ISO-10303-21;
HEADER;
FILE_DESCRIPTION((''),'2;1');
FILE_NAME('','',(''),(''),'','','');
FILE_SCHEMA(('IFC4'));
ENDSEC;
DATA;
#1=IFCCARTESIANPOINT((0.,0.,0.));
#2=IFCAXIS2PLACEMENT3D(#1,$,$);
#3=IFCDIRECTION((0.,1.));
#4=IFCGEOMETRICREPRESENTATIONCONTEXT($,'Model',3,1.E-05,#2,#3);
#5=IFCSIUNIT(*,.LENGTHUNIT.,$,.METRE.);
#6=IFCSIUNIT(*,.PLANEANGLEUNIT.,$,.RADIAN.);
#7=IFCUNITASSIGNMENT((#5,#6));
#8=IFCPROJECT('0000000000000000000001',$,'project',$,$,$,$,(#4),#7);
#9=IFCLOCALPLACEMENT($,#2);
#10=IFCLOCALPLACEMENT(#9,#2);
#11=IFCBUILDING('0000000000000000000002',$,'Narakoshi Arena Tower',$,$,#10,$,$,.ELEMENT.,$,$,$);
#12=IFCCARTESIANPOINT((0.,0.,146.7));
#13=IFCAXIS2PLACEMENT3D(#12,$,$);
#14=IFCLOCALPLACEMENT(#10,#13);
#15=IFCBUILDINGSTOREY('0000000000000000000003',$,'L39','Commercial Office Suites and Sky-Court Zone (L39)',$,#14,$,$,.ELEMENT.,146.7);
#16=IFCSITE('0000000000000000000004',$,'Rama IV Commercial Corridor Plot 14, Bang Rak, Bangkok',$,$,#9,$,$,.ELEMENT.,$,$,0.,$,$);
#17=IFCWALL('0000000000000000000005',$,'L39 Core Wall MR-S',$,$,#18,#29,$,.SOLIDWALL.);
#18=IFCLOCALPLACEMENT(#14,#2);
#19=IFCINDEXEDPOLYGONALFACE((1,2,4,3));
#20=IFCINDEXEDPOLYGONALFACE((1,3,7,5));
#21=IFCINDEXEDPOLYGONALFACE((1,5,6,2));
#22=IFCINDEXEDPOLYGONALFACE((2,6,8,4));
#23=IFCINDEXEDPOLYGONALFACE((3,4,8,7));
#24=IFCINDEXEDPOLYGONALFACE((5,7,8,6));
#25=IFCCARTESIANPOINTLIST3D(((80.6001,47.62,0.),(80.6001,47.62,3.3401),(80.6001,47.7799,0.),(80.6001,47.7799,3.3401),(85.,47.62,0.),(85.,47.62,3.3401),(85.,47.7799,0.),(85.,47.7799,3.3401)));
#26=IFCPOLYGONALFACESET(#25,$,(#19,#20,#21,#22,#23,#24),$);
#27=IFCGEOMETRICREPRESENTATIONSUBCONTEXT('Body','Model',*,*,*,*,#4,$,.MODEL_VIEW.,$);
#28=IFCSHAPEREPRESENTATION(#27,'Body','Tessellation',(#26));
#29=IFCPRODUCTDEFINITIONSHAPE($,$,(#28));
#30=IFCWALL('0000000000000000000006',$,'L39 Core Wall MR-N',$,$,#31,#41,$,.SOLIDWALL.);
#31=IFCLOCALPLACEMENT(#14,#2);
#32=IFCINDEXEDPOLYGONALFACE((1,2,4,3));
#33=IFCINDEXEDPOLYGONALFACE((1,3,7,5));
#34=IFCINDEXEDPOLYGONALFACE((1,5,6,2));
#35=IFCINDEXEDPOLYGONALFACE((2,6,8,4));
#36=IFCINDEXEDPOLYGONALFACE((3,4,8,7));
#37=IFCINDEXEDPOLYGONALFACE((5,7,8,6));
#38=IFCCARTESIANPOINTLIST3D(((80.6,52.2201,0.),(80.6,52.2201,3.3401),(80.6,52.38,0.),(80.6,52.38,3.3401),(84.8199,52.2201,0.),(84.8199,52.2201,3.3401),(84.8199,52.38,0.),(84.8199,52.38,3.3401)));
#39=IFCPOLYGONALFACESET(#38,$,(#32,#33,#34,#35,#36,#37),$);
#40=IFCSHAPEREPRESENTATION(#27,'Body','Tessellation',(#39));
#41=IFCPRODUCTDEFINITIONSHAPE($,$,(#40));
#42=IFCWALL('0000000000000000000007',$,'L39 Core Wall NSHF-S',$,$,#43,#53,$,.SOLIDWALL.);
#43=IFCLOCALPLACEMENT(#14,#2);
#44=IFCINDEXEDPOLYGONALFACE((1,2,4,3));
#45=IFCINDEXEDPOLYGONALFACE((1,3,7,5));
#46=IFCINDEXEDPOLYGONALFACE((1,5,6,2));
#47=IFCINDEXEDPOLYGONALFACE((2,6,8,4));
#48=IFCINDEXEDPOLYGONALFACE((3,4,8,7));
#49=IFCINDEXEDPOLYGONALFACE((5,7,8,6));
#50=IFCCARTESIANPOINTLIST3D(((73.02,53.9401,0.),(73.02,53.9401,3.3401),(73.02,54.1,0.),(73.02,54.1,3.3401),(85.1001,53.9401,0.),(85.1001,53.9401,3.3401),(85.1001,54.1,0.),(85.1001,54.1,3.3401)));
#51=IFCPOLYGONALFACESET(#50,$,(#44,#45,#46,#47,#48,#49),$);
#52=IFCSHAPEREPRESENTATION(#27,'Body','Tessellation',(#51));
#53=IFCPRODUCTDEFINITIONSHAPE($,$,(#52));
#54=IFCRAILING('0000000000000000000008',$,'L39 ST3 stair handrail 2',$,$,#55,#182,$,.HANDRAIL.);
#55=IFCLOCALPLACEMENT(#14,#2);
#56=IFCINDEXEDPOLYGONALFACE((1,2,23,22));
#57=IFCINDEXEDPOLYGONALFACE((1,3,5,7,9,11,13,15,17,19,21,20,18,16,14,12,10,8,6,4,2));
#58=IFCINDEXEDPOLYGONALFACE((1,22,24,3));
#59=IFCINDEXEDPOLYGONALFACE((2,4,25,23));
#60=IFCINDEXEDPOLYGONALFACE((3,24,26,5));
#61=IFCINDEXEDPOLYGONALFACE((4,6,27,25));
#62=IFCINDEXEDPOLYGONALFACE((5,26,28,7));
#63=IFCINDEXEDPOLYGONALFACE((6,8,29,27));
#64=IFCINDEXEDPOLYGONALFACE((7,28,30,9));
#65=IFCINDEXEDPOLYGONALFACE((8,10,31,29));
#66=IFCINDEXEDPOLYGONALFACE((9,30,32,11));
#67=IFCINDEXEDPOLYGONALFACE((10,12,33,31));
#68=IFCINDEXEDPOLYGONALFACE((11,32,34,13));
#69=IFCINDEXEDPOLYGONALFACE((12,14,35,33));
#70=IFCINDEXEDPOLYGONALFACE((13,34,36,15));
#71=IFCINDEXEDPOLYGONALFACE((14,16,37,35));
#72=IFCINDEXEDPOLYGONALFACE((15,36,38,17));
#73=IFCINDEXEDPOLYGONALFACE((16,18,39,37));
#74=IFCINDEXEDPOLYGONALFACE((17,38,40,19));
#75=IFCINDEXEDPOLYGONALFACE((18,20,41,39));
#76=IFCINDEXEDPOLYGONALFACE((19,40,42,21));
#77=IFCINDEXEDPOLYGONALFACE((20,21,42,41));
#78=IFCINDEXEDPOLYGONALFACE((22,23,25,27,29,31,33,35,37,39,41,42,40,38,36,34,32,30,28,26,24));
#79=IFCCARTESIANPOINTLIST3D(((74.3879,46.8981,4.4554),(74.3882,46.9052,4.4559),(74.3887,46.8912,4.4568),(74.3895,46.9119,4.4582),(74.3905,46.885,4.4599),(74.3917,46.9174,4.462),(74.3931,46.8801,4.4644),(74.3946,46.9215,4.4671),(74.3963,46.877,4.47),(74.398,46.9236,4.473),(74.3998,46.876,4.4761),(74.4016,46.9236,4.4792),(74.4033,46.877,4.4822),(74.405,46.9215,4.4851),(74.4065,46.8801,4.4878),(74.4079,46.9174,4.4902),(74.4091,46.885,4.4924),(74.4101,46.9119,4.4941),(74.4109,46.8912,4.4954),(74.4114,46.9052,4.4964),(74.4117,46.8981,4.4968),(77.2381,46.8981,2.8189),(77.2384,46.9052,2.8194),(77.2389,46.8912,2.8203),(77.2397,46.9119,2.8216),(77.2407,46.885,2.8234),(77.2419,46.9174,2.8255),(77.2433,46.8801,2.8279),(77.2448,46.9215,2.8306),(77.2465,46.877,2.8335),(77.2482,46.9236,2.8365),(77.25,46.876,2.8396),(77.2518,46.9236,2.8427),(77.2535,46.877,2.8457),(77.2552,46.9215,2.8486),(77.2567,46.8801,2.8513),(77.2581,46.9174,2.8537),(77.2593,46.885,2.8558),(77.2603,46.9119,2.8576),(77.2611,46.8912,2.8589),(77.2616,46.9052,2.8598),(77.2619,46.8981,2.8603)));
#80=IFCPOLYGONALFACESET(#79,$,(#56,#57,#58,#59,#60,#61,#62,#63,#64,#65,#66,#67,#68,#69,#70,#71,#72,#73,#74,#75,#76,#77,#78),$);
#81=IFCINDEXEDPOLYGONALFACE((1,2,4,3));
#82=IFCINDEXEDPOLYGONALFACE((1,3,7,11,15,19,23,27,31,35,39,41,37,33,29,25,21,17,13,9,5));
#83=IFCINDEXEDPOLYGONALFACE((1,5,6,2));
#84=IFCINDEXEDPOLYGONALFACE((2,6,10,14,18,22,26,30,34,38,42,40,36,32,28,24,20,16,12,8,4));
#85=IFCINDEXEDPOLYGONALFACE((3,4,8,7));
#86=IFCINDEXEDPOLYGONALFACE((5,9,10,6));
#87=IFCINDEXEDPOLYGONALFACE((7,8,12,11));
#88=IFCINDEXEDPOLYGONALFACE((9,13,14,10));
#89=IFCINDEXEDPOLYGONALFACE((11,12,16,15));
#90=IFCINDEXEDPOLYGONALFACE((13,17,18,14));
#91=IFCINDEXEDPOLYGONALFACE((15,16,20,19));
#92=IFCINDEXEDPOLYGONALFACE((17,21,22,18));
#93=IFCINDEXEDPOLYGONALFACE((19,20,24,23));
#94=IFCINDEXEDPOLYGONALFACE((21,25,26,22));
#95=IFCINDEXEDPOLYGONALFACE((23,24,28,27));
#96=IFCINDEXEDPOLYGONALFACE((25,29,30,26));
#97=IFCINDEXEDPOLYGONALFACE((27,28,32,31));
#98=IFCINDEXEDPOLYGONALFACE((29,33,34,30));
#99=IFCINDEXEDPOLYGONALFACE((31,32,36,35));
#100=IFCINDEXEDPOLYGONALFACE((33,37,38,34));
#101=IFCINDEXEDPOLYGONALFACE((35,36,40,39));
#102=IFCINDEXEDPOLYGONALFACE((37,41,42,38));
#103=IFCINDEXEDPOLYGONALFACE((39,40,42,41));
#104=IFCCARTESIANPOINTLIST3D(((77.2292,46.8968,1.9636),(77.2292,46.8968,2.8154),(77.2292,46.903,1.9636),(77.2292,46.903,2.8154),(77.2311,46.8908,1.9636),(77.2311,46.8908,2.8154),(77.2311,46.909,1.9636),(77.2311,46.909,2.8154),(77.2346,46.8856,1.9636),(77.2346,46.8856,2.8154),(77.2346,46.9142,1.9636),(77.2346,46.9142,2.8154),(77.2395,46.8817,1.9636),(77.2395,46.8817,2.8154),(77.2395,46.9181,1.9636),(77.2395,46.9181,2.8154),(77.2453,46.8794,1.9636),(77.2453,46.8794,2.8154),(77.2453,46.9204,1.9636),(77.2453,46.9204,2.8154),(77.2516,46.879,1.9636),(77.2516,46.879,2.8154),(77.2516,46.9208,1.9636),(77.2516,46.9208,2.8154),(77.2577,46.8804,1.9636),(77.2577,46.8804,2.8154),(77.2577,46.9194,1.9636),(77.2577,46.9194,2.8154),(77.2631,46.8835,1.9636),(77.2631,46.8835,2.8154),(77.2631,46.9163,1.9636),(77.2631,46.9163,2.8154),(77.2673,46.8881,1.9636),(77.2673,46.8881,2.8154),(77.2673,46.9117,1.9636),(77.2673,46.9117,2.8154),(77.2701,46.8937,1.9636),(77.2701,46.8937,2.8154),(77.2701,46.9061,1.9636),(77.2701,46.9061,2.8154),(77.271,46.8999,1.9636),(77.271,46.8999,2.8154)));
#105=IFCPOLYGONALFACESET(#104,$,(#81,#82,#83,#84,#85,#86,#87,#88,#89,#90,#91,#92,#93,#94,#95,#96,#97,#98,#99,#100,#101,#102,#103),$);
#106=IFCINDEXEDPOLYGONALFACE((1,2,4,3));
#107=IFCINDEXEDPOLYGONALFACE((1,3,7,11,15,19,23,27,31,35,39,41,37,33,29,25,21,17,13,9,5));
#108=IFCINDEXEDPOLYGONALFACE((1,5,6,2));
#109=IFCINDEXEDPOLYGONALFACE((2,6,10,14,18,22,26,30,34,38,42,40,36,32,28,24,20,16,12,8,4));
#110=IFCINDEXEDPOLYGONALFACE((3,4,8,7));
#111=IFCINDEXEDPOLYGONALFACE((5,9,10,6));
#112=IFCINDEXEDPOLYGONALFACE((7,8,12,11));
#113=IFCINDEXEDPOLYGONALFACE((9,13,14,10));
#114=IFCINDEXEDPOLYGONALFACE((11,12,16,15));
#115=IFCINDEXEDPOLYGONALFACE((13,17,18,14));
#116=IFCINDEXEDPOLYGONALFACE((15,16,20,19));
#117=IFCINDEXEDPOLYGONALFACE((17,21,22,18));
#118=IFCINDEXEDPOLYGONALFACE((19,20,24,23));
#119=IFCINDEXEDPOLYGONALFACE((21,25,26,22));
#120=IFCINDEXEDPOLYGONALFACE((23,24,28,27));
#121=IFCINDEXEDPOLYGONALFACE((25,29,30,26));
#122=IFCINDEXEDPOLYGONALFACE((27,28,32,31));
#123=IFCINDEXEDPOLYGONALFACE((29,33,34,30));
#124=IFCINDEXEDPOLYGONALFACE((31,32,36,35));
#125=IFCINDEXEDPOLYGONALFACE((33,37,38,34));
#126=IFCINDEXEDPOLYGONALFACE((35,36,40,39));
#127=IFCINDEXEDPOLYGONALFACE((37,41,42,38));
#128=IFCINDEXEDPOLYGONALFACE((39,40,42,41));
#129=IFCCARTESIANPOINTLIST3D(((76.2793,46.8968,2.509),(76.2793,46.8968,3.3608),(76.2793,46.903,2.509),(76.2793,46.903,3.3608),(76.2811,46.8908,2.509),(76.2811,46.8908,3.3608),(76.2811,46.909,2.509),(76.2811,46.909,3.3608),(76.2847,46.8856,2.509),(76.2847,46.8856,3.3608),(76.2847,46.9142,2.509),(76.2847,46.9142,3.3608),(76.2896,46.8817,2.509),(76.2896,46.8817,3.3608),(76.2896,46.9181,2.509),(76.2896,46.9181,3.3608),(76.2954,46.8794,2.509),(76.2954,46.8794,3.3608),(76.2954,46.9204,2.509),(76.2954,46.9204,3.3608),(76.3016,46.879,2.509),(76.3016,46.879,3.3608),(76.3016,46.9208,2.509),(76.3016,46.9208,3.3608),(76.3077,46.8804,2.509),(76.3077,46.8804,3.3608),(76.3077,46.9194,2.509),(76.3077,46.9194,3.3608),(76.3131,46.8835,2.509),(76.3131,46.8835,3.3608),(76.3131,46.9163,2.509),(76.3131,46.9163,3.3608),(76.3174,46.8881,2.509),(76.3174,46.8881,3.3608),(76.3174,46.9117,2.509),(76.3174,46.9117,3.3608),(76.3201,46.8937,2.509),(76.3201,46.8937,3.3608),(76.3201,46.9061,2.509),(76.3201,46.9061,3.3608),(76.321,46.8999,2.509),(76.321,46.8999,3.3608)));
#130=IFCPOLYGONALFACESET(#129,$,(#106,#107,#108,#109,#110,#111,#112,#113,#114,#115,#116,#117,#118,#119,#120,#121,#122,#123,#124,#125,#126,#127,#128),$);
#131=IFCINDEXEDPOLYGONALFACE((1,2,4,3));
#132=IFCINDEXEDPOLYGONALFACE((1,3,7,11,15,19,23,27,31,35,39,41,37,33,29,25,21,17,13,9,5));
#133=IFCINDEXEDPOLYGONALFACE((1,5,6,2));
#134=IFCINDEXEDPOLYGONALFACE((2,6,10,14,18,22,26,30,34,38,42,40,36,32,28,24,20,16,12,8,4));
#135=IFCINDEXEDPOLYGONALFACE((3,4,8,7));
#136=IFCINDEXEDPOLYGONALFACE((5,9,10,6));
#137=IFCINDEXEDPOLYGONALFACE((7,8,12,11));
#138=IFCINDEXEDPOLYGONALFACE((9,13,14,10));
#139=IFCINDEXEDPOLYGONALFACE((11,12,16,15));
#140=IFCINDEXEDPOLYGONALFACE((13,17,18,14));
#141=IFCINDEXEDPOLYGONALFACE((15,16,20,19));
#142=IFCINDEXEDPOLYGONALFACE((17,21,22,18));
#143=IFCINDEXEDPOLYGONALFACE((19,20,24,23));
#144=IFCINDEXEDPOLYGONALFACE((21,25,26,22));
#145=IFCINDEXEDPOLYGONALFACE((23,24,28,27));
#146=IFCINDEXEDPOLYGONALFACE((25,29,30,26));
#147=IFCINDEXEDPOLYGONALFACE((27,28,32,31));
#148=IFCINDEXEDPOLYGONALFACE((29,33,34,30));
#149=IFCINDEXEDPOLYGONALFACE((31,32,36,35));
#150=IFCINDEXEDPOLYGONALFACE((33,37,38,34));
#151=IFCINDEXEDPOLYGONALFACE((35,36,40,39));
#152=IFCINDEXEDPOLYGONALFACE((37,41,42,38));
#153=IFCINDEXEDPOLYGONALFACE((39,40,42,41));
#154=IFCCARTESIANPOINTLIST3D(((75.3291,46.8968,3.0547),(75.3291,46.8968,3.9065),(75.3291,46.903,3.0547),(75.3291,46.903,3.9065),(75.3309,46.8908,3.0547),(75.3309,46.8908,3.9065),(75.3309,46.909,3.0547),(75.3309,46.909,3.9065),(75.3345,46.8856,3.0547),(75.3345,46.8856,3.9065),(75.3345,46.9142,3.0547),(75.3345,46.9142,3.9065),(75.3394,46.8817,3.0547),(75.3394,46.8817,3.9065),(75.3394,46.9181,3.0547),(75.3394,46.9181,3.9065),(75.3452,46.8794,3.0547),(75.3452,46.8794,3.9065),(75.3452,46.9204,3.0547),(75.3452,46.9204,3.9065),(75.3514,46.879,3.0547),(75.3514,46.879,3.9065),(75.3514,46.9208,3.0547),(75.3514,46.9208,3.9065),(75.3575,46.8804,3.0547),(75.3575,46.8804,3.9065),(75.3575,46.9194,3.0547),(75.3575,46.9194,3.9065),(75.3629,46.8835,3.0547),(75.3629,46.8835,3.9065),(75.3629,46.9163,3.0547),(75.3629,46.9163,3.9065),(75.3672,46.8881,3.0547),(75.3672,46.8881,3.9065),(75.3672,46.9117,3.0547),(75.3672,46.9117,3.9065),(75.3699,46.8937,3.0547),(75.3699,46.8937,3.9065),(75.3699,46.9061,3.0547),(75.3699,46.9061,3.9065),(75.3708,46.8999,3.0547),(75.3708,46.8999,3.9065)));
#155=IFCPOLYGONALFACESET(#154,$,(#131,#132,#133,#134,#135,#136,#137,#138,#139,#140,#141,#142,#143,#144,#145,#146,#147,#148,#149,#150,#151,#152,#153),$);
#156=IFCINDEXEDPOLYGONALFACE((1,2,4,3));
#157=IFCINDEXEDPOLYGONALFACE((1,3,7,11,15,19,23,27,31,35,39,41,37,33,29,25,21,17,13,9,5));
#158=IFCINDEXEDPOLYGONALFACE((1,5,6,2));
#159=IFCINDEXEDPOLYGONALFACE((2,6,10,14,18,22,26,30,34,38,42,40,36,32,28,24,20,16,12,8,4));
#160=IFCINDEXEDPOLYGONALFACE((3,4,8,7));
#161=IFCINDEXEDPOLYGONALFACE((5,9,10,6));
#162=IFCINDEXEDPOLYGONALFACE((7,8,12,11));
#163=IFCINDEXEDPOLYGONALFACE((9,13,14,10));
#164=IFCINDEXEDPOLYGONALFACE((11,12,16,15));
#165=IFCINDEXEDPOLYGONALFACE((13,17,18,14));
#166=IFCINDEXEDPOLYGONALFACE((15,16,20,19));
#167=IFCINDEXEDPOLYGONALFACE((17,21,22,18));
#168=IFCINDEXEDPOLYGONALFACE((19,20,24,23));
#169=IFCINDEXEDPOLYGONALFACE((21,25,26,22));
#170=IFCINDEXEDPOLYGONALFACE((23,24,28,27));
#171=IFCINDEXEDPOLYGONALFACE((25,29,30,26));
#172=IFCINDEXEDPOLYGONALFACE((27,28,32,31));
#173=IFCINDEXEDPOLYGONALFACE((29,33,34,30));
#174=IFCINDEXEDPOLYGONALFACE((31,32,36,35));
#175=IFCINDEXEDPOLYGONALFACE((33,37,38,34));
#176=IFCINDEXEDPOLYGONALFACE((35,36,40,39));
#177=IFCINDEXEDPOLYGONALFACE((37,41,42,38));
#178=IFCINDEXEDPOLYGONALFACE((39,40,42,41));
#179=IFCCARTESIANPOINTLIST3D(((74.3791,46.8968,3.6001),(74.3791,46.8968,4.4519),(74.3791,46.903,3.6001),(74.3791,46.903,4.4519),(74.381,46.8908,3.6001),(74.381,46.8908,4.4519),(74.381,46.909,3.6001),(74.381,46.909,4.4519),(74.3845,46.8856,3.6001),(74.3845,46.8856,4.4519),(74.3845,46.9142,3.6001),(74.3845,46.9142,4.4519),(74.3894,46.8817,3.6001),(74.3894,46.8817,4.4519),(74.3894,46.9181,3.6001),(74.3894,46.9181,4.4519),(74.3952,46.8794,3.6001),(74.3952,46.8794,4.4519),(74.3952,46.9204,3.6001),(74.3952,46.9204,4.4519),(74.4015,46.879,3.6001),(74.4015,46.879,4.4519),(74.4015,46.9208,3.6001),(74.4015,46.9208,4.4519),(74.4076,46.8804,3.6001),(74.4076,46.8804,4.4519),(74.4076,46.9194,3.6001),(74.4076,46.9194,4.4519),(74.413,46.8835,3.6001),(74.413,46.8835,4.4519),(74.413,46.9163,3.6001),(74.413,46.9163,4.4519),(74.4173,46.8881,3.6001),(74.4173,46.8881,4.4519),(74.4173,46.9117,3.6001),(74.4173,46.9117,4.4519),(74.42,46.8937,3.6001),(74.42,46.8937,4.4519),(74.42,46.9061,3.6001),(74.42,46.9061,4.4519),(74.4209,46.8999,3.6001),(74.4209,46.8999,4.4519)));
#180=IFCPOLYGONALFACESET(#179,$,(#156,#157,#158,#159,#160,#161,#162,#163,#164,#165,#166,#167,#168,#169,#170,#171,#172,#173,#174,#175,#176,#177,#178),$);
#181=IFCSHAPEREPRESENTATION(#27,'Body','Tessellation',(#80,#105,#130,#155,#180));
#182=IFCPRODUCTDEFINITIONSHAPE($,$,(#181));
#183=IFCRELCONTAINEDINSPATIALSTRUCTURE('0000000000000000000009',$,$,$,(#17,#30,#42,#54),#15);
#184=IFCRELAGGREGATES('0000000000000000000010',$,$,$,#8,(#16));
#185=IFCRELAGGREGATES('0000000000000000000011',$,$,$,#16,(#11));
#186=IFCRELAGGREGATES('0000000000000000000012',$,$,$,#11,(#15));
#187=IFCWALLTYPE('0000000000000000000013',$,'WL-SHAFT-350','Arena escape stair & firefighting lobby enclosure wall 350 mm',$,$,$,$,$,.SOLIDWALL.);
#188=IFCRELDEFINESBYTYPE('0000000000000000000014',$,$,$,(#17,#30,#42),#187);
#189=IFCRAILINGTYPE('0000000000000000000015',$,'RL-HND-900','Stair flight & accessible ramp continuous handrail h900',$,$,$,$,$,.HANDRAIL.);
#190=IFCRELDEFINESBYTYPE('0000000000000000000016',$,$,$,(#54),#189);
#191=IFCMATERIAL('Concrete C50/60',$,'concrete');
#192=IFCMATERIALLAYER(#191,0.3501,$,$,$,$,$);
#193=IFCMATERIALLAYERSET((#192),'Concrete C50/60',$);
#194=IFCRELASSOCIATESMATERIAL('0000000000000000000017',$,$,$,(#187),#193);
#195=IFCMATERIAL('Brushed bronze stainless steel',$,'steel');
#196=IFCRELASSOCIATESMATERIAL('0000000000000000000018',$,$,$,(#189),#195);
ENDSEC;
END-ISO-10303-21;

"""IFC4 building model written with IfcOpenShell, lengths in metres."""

from ifc_helpers import new_model, si_unit, direction, frame, frame_2d, origin, origin_2d, place, context, subcontext, project, spatial, rectangle, circle, extrude, material, layer, layer_set, type_object, element, save


model = new_model("IFC4")

# Units and contexts
model_context = context("Model", 3, precision=1e-05, world=origin(), true_north=direction((0.0, 1.0)))
body_context = subcontext(model_context, "Body", "Model", "MODEL_VIEW")
ifc_project = project(units=[si_unit("LENGTHUNIT", "METRE"), si_unit("PLANEANGLEUNIT", "RADIAN")], contexts=[model_context])

# Site, building, storey
site_placement = place(None, origin())
site = spatial("IfcSite", under=ifc_project, at=site_placement, Name="Rama IV Commercial Corridor Plot 14, Bang Rak, Bangkok", CompositionType="ELEMENT", RefElevation=0.0)
building_placement = place(site_placement, origin())
building = spatial("IfcBuilding", under=site, at=building_placement, Name="Narakoshi Arena Tower", CompositionType="ELEMENT")
storey_placement = place(building_placement, frame((0.0, 0.0, 146.7)))
storey = spatial("IfcBuildingStorey", under=building, at=storey_placement, Name="L39", Description="Commercial Office Suites and Sky-Court Zone (L39)", CompositionType="ELEMENT", Elevation=146.7)

# Shared definitions
ifc_material_1 = material(Name="Concrete C50/60", Category="concrete")
ifc_layer_1 = layer(ifc_material_1, 0.3501)
ifc_layer_set_1 = layer_set([ifc_layer_1], Name="Concrete C50/60")
wall_type_1 = type_object("IfcWallType", Name="WL-SHAFT-350", Description="Arena escape stair & firefighting lobby enclosure wall 350 mm", PredefinedType="SOLIDWALL", material=ifc_layer_set_1)

# Shared definitions
ifc_material_2 = material(Name="Brushed bronze stainless steel", Category="steel")

# Walls
wall_1_placement = place(storey_placement, frame((80.6001, 47.7, 0.0), z_axis=(0.0, 0.0, 1.0), x_axis=(1.0, 0.0, 0.0)))
element("IfcWall", 1, at=wall_1_placement, inside=storey, type_object=wall_type_1, Name="L39 Core Wall MR-S", PredefinedType="SOLIDWALL", context=body_context, shape_type="SweptSolid", body=[
    extrude(rectangle(XDim=4.3999, YDim=0.1599, at=frame_2d((2.2, 0.0))), origin(), (0.0, 0.0, 1.0), 3.3401),
])
wall_2_placement = place(storey_placement, frame((80.6001, 52.3, 0.0), z_axis=(0.0, 0.0, 1.0), x_axis=(1.0, 0.0, 0.0)))
element("IfcWall", 2, at=wall_2_placement, inside=storey, type_object=wall_type_1, Name="L39 Core Wall MR-N", PredefinedType="SOLIDWALL", context=body_context, shape_type="SweptSolid", body=[
    extrude(rectangle(XDim=4.22, YDim=0.1599, at=frame_2d((2.1099, 0.0))), origin(), (0.0, 0.0, 1.0), 3.3401),
])
wall_3_placement = place(storey_placement, frame((73.02, 54.02, 0.0), z_axis=(0.0, 0.0, 1.0), x_axis=(1.0, 0.0, 0.0)))
element("IfcWall", 3, at=wall_3_placement, inside=storey, type_object=wall_type_1, Name="L39 Core Wall NSHF-S", PredefinedType="SOLIDWALL", context=body_context, shape_type="SweptSolid", body=[
    extrude(rectangle(XDim=12.0801, YDim=0.1599, at=frame_2d((6.04, 0.0))), origin(), (0.0, 0.0, 1.0), 3.3401),
])

# Railing
railing_type = type_object("IfcRailingType", Name="RL-HND-900", Description="Stair flight & accessible ramp continuous handrail h900", PredefinedType="HANDRAIL", material=ifc_material_2)
railing_placement = place(storey_placement, frame((77.25, 46.8999, 1.9636)))
element("IfcRailing", 4, at=railing_placement, inside=storey, type_object=railing_type, Name="L39 ST3 stair handrail 2", PredefinedType="HANDRAIL", context=body_context, shape_type="SweptSolid", body=[
    extrude(circle(Radius=0.0239, at=origin_2d()), frame((0.0, 0.0, 0.876), z_axis=(-0.867213, 0.0, 0.497938), x_axis=(0.0, -1.0, 0.0)), (0.0, 0.0, 1.0), 3.2866),
    extrude(circle(Radius=0.021, at=origin_2d()), origin(), (0.0, 0.0, 1.0), 0.8518),
    extrude(circle(Radius=0.021, at=origin_2d()), frame((-0.95, 0.0, 0.5454)), (0.0, 0.0, 1.0), 0.8518),
    extrude(circle(Radius=0.021, at=origin_2d()), frame((-1.9001, 0.0, 1.0911)), (0.0, 0.0, 1.0), 0.8518),
    extrude(circle(Radius=0.021, at=origin_2d()), frame((-2.8501, 0.0, 1.6365)), (0.0, 0.0, 1.0), 0.8518),
])

save(model, "model.ifc")
